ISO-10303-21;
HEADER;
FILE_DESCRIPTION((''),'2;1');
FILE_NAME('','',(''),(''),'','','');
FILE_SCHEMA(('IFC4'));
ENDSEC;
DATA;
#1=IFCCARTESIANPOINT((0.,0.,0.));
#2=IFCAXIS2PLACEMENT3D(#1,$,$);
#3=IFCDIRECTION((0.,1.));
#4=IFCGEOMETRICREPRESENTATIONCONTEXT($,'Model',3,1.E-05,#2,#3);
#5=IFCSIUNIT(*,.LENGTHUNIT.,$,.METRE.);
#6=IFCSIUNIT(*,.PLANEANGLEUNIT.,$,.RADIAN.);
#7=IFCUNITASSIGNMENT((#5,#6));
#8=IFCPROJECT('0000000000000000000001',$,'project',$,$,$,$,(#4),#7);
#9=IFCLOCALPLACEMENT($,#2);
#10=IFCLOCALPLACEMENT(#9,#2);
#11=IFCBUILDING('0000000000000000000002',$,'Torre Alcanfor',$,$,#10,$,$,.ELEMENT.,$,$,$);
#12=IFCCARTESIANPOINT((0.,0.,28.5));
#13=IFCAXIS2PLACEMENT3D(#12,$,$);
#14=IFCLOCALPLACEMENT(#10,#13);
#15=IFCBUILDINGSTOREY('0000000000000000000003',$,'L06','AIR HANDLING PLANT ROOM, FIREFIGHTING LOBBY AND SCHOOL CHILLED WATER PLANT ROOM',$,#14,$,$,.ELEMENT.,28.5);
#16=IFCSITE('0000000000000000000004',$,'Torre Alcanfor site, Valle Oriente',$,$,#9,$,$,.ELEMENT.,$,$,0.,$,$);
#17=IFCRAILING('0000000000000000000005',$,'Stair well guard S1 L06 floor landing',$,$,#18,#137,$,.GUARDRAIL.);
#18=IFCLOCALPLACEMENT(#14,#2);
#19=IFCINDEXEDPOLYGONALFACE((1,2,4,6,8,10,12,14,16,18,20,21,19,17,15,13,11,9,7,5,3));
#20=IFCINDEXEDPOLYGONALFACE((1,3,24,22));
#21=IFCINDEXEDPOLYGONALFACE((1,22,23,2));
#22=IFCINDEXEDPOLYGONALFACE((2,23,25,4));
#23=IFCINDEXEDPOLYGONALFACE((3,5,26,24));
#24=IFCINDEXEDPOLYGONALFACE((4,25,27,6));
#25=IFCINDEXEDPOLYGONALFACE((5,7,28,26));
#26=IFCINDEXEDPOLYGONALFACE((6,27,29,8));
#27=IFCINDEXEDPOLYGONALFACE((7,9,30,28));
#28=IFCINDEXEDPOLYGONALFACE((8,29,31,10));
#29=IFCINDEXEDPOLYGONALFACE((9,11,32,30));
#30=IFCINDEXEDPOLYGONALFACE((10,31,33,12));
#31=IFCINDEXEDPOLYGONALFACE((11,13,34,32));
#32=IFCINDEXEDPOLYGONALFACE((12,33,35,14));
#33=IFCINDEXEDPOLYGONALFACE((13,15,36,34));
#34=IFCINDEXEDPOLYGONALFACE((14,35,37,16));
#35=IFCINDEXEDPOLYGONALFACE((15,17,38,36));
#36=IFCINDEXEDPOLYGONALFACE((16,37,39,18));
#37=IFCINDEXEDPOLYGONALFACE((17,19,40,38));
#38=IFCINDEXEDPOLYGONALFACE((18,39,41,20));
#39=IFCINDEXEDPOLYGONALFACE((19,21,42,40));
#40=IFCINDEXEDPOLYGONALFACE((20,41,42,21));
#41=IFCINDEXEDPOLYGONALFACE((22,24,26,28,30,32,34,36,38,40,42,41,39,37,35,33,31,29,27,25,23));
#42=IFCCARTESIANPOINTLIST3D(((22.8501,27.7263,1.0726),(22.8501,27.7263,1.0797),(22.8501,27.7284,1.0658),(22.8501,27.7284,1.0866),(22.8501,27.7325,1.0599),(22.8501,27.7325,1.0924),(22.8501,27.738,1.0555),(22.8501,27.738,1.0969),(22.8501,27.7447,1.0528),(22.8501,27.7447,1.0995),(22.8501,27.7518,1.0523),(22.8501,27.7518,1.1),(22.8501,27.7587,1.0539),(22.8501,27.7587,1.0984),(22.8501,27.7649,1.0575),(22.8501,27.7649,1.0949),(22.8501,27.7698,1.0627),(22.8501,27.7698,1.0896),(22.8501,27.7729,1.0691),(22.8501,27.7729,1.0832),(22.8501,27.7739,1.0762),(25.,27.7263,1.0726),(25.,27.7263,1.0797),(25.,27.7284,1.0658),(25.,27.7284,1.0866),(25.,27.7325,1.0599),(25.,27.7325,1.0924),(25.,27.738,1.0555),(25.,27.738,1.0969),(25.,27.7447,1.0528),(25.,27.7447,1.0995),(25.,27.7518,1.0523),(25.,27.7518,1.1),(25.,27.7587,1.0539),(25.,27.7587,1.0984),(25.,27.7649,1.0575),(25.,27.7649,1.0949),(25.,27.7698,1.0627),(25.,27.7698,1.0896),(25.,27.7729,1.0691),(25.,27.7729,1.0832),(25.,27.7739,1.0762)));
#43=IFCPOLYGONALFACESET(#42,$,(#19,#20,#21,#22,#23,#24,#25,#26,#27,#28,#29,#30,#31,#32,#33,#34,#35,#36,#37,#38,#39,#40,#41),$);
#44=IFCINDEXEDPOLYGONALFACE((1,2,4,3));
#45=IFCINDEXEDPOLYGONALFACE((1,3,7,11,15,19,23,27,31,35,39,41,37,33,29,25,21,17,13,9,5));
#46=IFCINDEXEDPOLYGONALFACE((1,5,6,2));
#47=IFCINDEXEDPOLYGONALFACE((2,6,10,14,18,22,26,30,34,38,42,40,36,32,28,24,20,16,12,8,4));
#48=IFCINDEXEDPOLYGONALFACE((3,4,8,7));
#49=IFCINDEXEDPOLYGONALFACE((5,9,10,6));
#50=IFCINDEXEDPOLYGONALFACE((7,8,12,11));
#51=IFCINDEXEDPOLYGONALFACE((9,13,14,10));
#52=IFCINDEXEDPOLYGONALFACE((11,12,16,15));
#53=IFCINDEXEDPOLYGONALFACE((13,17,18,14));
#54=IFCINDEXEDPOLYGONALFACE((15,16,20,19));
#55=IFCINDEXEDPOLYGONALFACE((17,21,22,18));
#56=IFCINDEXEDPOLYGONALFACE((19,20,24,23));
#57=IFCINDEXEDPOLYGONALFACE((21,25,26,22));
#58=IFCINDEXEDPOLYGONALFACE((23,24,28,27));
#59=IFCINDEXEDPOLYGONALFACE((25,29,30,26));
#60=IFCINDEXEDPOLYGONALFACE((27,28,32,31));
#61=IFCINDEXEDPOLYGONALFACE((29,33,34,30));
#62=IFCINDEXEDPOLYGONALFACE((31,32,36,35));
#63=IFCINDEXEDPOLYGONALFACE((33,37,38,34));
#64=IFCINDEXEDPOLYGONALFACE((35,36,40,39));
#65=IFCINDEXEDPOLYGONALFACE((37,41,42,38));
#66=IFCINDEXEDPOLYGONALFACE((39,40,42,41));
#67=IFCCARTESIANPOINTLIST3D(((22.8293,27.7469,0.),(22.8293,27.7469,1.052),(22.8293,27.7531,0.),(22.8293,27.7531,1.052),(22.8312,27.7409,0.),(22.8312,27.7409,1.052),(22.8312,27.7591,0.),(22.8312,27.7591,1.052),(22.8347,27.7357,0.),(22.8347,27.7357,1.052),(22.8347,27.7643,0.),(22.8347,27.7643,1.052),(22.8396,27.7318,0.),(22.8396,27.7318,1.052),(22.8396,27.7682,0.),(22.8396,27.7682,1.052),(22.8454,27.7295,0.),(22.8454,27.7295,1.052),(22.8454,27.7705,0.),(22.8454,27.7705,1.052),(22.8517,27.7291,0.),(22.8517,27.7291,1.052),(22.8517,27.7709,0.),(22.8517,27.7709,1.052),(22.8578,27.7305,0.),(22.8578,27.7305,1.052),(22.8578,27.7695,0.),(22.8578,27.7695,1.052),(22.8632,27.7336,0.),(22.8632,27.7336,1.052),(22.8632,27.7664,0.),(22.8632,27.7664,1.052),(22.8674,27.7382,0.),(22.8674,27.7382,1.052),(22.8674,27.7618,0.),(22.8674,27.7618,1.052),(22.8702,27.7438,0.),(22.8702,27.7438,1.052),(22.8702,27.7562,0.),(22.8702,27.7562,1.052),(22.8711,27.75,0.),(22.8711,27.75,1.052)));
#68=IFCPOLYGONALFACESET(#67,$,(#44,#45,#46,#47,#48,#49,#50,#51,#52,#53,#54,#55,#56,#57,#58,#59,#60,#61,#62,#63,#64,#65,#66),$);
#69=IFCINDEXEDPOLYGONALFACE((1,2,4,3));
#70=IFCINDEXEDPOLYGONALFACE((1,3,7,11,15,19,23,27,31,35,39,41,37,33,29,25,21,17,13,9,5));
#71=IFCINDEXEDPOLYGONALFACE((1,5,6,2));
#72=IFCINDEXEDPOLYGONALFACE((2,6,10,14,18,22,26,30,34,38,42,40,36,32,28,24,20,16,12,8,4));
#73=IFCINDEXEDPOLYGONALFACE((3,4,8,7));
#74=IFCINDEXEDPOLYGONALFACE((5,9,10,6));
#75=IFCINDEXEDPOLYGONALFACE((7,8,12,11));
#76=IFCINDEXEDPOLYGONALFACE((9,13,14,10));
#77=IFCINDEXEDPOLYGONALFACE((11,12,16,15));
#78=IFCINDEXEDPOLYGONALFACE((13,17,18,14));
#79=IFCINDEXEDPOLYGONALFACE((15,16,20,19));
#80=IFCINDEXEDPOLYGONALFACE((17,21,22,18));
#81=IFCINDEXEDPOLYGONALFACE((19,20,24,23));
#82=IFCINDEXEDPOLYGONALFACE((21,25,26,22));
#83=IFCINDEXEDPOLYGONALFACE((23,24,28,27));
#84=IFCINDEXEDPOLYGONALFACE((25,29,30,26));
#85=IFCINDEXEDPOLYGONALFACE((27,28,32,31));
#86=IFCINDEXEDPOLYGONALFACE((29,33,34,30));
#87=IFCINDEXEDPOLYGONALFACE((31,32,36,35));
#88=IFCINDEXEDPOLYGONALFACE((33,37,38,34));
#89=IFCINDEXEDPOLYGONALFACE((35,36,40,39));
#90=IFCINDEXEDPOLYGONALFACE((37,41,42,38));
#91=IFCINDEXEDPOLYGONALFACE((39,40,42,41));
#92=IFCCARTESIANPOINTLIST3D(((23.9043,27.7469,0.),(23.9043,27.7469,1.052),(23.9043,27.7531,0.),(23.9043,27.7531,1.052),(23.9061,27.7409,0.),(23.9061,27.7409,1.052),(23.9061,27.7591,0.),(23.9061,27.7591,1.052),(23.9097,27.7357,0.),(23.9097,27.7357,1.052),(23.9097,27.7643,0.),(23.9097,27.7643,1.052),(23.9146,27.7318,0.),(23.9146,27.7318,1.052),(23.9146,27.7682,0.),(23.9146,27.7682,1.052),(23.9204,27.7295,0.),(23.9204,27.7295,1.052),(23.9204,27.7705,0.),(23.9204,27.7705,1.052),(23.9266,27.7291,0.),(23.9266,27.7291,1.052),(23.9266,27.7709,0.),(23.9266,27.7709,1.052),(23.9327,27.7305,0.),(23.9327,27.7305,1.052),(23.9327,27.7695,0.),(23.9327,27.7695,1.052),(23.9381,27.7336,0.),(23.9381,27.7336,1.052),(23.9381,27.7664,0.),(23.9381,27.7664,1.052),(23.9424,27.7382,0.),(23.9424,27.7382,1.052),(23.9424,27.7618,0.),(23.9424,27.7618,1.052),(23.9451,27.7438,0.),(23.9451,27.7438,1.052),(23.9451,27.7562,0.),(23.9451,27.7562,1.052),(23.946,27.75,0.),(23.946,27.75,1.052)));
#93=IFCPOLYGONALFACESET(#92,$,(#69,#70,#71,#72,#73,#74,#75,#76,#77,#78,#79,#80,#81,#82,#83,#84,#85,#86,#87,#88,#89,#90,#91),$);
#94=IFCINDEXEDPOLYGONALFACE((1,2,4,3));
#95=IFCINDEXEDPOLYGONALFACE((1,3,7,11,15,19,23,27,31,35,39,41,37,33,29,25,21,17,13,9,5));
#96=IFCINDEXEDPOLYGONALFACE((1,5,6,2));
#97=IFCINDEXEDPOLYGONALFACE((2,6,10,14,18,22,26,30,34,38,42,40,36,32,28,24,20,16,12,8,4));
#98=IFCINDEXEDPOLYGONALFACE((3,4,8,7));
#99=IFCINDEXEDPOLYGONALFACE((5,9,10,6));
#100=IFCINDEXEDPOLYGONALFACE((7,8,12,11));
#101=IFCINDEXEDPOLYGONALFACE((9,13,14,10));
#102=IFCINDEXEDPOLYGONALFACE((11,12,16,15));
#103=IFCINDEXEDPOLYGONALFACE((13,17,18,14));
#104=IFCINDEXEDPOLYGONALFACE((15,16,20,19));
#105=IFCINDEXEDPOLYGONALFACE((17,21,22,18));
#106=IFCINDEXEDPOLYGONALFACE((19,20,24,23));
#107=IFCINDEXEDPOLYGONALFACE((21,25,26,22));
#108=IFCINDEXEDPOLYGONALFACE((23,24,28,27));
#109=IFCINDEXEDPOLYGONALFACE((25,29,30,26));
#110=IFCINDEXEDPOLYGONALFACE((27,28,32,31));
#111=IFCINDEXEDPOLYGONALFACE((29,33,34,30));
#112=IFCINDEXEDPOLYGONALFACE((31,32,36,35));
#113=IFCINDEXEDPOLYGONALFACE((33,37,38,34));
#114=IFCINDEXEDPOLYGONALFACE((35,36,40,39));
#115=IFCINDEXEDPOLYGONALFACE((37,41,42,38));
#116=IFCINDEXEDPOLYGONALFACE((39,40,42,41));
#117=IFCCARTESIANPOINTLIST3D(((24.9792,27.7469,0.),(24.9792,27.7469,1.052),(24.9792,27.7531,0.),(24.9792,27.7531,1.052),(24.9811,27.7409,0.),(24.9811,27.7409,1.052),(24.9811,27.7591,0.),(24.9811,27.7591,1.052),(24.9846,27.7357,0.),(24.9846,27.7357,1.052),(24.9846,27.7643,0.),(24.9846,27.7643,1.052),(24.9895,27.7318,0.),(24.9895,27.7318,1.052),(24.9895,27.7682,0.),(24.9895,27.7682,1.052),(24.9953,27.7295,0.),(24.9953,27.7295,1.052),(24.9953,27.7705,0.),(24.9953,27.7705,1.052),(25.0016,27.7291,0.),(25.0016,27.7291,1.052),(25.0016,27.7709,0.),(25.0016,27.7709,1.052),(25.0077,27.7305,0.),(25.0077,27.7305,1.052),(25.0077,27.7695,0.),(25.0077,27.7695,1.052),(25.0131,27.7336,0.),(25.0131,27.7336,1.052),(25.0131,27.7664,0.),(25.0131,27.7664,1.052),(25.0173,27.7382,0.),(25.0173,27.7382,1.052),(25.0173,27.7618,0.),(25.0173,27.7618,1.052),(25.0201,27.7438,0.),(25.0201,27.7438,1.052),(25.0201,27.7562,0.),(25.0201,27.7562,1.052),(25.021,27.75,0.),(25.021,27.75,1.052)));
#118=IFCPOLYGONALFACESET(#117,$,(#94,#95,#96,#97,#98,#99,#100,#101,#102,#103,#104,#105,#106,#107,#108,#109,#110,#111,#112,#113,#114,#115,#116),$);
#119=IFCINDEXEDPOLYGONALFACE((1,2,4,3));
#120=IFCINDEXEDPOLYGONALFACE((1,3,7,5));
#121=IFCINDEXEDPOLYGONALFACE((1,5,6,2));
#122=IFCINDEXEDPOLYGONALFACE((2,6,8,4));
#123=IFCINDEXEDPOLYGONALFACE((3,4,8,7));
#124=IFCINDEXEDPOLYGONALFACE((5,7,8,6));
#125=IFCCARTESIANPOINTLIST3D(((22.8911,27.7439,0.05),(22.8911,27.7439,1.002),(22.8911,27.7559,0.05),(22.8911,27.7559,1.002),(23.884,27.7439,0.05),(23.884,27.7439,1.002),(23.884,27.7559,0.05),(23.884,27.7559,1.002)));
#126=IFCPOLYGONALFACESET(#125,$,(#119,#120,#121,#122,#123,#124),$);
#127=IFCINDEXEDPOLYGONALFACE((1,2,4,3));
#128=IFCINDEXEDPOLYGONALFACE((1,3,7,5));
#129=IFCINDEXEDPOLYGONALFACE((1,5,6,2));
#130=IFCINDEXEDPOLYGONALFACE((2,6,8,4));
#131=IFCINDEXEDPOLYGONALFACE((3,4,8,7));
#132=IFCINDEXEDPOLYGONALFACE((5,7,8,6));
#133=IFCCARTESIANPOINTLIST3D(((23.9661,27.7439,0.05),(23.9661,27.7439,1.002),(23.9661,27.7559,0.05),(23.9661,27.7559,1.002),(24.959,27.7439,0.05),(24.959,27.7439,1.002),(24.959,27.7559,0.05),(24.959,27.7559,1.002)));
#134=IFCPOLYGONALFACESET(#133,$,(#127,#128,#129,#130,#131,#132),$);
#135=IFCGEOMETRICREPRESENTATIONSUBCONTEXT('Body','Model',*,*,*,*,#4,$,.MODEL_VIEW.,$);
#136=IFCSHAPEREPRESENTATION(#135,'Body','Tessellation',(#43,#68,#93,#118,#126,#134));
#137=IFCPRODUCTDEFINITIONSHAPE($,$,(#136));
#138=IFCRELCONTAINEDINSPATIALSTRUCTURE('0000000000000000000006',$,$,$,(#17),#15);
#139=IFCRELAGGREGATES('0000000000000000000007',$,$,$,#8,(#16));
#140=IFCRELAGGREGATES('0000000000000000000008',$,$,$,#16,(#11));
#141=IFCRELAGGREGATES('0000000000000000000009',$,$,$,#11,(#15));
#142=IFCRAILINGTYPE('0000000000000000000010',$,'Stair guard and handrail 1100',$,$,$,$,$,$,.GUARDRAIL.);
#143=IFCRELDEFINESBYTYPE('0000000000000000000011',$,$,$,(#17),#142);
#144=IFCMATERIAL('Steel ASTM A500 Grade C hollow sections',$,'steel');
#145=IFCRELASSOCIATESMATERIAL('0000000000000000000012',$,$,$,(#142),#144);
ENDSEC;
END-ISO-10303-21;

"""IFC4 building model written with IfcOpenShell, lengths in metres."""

from ifc_helpers import new_model, si_unit, direction, frame, origin, origin_2d, place, context, subcontext, project, spatial, polyline, circle, outline, extrude, material, type_object, element, save


model = new_model("IFC4")

# Units and contexts
model_context = context("Model", 3, precision=1e-05, world=origin(), true_north=direction((0.0, 1.0)))
body_context = subcontext(model_context, "Body", "Model", "MODEL_VIEW")
ifc_project = project(units=[si_unit("LENGTHUNIT", "METRE"), si_unit("PLANEANGLEUNIT", "RADIAN")], contexts=[model_context])

# Site, building, storey
site_placement = place(None, origin())
site = spatial("IfcSite", under=ifc_project, at=site_placement, Name="Torre Alcanfor site, Valle Oriente", CompositionType="ELEMENT", RefElevation=0.0)
building_placement = place(site_placement, origin())
building = spatial("IfcBuilding", under=site, at=building_placement, Name="Torre Alcanfor", CompositionType="ELEMENT")
storey_placement = place(building_placement, frame((0.0, 0.0, 28.5)))
storey = spatial("IfcBuildingStorey", under=building, at=storey_placement, Name="L06", Description="AIR HANDLING PLANT ROOM, FIREFIGHTING LOBBY AND SCHOOL CHILLED WATER PLANT ROOM", CompositionType="ELEMENT", Elevation=28.5)

# Railing
ifc_material_1 = material(Name="Steel ASTM A500 Grade C hollow sections", Category="steel")
railing_type_1 = type_object("IfcRailingType", Name="Stair guard and handrail 1100", PredefinedType="GUARDRAIL", material=ifc_material_1)
for number, where, name in (
    (1, (22.8501, 27.75, 0.0), "Stair well guard S1 L06 floor landing"),
):
    element("IfcRailing", number, at=place(storey_placement, frame(where)), inside=storey, type_object=railing_type_1, Name=name, PredefinedType="GUARDRAIL", context=body_context, shape_type="SweptSolid", body=[
        extrude(circle(Radius=0.0239, at=origin_2d()), frame((0.0, 0.0, 1.0762), z_axis=(1.0, 0.0, 0.0), x_axis=(0.0, 1.0, 0.0)), (0.0, 0.0, 1.0), 2.1499),
        extrude(circle(Radius=0.021, at=origin_2d()), origin(), (0.0, 0.0, 1.0), 1.052),
        extrude(circle(Radius=0.021, at=origin_2d()), frame((1.075, 0.0, 0.0)), (0.0, 0.0, 1.0), 1.052),
        extrude(circle(Radius=0.021, at=origin_2d()), frame((2.1499, 0.0, 0.0)), (0.0, 0.0, 1.0), 1.052),
        extrude(outline(polyline([(0.041, 0.05), (1.0339, 0.05), (1.0339, 1.002), (0.041, 1.002), (0.041, 0.05)])), frame((0.0, 0.0059, 0.0), z_axis=(0.0, -1.0, 0.0), x_axis=(1.0, 0.0, 0.0)), (0.0, 0.0, 1.0), 0.012),
        extrude(outline(polyline([(1.116, 0.05), (2.1089, 0.05), (2.1089, 1.002), (1.116, 1.002), (1.116, 0.05)])), frame((0.0, 0.0059, 0.0), z_axis=(0.0, -1.0, 0.0), x_axis=(1.0, 0.0, 0.0)), (0.0, 0.0, 1.0), 0.012),
    ])

save(model, "model.ifc")
